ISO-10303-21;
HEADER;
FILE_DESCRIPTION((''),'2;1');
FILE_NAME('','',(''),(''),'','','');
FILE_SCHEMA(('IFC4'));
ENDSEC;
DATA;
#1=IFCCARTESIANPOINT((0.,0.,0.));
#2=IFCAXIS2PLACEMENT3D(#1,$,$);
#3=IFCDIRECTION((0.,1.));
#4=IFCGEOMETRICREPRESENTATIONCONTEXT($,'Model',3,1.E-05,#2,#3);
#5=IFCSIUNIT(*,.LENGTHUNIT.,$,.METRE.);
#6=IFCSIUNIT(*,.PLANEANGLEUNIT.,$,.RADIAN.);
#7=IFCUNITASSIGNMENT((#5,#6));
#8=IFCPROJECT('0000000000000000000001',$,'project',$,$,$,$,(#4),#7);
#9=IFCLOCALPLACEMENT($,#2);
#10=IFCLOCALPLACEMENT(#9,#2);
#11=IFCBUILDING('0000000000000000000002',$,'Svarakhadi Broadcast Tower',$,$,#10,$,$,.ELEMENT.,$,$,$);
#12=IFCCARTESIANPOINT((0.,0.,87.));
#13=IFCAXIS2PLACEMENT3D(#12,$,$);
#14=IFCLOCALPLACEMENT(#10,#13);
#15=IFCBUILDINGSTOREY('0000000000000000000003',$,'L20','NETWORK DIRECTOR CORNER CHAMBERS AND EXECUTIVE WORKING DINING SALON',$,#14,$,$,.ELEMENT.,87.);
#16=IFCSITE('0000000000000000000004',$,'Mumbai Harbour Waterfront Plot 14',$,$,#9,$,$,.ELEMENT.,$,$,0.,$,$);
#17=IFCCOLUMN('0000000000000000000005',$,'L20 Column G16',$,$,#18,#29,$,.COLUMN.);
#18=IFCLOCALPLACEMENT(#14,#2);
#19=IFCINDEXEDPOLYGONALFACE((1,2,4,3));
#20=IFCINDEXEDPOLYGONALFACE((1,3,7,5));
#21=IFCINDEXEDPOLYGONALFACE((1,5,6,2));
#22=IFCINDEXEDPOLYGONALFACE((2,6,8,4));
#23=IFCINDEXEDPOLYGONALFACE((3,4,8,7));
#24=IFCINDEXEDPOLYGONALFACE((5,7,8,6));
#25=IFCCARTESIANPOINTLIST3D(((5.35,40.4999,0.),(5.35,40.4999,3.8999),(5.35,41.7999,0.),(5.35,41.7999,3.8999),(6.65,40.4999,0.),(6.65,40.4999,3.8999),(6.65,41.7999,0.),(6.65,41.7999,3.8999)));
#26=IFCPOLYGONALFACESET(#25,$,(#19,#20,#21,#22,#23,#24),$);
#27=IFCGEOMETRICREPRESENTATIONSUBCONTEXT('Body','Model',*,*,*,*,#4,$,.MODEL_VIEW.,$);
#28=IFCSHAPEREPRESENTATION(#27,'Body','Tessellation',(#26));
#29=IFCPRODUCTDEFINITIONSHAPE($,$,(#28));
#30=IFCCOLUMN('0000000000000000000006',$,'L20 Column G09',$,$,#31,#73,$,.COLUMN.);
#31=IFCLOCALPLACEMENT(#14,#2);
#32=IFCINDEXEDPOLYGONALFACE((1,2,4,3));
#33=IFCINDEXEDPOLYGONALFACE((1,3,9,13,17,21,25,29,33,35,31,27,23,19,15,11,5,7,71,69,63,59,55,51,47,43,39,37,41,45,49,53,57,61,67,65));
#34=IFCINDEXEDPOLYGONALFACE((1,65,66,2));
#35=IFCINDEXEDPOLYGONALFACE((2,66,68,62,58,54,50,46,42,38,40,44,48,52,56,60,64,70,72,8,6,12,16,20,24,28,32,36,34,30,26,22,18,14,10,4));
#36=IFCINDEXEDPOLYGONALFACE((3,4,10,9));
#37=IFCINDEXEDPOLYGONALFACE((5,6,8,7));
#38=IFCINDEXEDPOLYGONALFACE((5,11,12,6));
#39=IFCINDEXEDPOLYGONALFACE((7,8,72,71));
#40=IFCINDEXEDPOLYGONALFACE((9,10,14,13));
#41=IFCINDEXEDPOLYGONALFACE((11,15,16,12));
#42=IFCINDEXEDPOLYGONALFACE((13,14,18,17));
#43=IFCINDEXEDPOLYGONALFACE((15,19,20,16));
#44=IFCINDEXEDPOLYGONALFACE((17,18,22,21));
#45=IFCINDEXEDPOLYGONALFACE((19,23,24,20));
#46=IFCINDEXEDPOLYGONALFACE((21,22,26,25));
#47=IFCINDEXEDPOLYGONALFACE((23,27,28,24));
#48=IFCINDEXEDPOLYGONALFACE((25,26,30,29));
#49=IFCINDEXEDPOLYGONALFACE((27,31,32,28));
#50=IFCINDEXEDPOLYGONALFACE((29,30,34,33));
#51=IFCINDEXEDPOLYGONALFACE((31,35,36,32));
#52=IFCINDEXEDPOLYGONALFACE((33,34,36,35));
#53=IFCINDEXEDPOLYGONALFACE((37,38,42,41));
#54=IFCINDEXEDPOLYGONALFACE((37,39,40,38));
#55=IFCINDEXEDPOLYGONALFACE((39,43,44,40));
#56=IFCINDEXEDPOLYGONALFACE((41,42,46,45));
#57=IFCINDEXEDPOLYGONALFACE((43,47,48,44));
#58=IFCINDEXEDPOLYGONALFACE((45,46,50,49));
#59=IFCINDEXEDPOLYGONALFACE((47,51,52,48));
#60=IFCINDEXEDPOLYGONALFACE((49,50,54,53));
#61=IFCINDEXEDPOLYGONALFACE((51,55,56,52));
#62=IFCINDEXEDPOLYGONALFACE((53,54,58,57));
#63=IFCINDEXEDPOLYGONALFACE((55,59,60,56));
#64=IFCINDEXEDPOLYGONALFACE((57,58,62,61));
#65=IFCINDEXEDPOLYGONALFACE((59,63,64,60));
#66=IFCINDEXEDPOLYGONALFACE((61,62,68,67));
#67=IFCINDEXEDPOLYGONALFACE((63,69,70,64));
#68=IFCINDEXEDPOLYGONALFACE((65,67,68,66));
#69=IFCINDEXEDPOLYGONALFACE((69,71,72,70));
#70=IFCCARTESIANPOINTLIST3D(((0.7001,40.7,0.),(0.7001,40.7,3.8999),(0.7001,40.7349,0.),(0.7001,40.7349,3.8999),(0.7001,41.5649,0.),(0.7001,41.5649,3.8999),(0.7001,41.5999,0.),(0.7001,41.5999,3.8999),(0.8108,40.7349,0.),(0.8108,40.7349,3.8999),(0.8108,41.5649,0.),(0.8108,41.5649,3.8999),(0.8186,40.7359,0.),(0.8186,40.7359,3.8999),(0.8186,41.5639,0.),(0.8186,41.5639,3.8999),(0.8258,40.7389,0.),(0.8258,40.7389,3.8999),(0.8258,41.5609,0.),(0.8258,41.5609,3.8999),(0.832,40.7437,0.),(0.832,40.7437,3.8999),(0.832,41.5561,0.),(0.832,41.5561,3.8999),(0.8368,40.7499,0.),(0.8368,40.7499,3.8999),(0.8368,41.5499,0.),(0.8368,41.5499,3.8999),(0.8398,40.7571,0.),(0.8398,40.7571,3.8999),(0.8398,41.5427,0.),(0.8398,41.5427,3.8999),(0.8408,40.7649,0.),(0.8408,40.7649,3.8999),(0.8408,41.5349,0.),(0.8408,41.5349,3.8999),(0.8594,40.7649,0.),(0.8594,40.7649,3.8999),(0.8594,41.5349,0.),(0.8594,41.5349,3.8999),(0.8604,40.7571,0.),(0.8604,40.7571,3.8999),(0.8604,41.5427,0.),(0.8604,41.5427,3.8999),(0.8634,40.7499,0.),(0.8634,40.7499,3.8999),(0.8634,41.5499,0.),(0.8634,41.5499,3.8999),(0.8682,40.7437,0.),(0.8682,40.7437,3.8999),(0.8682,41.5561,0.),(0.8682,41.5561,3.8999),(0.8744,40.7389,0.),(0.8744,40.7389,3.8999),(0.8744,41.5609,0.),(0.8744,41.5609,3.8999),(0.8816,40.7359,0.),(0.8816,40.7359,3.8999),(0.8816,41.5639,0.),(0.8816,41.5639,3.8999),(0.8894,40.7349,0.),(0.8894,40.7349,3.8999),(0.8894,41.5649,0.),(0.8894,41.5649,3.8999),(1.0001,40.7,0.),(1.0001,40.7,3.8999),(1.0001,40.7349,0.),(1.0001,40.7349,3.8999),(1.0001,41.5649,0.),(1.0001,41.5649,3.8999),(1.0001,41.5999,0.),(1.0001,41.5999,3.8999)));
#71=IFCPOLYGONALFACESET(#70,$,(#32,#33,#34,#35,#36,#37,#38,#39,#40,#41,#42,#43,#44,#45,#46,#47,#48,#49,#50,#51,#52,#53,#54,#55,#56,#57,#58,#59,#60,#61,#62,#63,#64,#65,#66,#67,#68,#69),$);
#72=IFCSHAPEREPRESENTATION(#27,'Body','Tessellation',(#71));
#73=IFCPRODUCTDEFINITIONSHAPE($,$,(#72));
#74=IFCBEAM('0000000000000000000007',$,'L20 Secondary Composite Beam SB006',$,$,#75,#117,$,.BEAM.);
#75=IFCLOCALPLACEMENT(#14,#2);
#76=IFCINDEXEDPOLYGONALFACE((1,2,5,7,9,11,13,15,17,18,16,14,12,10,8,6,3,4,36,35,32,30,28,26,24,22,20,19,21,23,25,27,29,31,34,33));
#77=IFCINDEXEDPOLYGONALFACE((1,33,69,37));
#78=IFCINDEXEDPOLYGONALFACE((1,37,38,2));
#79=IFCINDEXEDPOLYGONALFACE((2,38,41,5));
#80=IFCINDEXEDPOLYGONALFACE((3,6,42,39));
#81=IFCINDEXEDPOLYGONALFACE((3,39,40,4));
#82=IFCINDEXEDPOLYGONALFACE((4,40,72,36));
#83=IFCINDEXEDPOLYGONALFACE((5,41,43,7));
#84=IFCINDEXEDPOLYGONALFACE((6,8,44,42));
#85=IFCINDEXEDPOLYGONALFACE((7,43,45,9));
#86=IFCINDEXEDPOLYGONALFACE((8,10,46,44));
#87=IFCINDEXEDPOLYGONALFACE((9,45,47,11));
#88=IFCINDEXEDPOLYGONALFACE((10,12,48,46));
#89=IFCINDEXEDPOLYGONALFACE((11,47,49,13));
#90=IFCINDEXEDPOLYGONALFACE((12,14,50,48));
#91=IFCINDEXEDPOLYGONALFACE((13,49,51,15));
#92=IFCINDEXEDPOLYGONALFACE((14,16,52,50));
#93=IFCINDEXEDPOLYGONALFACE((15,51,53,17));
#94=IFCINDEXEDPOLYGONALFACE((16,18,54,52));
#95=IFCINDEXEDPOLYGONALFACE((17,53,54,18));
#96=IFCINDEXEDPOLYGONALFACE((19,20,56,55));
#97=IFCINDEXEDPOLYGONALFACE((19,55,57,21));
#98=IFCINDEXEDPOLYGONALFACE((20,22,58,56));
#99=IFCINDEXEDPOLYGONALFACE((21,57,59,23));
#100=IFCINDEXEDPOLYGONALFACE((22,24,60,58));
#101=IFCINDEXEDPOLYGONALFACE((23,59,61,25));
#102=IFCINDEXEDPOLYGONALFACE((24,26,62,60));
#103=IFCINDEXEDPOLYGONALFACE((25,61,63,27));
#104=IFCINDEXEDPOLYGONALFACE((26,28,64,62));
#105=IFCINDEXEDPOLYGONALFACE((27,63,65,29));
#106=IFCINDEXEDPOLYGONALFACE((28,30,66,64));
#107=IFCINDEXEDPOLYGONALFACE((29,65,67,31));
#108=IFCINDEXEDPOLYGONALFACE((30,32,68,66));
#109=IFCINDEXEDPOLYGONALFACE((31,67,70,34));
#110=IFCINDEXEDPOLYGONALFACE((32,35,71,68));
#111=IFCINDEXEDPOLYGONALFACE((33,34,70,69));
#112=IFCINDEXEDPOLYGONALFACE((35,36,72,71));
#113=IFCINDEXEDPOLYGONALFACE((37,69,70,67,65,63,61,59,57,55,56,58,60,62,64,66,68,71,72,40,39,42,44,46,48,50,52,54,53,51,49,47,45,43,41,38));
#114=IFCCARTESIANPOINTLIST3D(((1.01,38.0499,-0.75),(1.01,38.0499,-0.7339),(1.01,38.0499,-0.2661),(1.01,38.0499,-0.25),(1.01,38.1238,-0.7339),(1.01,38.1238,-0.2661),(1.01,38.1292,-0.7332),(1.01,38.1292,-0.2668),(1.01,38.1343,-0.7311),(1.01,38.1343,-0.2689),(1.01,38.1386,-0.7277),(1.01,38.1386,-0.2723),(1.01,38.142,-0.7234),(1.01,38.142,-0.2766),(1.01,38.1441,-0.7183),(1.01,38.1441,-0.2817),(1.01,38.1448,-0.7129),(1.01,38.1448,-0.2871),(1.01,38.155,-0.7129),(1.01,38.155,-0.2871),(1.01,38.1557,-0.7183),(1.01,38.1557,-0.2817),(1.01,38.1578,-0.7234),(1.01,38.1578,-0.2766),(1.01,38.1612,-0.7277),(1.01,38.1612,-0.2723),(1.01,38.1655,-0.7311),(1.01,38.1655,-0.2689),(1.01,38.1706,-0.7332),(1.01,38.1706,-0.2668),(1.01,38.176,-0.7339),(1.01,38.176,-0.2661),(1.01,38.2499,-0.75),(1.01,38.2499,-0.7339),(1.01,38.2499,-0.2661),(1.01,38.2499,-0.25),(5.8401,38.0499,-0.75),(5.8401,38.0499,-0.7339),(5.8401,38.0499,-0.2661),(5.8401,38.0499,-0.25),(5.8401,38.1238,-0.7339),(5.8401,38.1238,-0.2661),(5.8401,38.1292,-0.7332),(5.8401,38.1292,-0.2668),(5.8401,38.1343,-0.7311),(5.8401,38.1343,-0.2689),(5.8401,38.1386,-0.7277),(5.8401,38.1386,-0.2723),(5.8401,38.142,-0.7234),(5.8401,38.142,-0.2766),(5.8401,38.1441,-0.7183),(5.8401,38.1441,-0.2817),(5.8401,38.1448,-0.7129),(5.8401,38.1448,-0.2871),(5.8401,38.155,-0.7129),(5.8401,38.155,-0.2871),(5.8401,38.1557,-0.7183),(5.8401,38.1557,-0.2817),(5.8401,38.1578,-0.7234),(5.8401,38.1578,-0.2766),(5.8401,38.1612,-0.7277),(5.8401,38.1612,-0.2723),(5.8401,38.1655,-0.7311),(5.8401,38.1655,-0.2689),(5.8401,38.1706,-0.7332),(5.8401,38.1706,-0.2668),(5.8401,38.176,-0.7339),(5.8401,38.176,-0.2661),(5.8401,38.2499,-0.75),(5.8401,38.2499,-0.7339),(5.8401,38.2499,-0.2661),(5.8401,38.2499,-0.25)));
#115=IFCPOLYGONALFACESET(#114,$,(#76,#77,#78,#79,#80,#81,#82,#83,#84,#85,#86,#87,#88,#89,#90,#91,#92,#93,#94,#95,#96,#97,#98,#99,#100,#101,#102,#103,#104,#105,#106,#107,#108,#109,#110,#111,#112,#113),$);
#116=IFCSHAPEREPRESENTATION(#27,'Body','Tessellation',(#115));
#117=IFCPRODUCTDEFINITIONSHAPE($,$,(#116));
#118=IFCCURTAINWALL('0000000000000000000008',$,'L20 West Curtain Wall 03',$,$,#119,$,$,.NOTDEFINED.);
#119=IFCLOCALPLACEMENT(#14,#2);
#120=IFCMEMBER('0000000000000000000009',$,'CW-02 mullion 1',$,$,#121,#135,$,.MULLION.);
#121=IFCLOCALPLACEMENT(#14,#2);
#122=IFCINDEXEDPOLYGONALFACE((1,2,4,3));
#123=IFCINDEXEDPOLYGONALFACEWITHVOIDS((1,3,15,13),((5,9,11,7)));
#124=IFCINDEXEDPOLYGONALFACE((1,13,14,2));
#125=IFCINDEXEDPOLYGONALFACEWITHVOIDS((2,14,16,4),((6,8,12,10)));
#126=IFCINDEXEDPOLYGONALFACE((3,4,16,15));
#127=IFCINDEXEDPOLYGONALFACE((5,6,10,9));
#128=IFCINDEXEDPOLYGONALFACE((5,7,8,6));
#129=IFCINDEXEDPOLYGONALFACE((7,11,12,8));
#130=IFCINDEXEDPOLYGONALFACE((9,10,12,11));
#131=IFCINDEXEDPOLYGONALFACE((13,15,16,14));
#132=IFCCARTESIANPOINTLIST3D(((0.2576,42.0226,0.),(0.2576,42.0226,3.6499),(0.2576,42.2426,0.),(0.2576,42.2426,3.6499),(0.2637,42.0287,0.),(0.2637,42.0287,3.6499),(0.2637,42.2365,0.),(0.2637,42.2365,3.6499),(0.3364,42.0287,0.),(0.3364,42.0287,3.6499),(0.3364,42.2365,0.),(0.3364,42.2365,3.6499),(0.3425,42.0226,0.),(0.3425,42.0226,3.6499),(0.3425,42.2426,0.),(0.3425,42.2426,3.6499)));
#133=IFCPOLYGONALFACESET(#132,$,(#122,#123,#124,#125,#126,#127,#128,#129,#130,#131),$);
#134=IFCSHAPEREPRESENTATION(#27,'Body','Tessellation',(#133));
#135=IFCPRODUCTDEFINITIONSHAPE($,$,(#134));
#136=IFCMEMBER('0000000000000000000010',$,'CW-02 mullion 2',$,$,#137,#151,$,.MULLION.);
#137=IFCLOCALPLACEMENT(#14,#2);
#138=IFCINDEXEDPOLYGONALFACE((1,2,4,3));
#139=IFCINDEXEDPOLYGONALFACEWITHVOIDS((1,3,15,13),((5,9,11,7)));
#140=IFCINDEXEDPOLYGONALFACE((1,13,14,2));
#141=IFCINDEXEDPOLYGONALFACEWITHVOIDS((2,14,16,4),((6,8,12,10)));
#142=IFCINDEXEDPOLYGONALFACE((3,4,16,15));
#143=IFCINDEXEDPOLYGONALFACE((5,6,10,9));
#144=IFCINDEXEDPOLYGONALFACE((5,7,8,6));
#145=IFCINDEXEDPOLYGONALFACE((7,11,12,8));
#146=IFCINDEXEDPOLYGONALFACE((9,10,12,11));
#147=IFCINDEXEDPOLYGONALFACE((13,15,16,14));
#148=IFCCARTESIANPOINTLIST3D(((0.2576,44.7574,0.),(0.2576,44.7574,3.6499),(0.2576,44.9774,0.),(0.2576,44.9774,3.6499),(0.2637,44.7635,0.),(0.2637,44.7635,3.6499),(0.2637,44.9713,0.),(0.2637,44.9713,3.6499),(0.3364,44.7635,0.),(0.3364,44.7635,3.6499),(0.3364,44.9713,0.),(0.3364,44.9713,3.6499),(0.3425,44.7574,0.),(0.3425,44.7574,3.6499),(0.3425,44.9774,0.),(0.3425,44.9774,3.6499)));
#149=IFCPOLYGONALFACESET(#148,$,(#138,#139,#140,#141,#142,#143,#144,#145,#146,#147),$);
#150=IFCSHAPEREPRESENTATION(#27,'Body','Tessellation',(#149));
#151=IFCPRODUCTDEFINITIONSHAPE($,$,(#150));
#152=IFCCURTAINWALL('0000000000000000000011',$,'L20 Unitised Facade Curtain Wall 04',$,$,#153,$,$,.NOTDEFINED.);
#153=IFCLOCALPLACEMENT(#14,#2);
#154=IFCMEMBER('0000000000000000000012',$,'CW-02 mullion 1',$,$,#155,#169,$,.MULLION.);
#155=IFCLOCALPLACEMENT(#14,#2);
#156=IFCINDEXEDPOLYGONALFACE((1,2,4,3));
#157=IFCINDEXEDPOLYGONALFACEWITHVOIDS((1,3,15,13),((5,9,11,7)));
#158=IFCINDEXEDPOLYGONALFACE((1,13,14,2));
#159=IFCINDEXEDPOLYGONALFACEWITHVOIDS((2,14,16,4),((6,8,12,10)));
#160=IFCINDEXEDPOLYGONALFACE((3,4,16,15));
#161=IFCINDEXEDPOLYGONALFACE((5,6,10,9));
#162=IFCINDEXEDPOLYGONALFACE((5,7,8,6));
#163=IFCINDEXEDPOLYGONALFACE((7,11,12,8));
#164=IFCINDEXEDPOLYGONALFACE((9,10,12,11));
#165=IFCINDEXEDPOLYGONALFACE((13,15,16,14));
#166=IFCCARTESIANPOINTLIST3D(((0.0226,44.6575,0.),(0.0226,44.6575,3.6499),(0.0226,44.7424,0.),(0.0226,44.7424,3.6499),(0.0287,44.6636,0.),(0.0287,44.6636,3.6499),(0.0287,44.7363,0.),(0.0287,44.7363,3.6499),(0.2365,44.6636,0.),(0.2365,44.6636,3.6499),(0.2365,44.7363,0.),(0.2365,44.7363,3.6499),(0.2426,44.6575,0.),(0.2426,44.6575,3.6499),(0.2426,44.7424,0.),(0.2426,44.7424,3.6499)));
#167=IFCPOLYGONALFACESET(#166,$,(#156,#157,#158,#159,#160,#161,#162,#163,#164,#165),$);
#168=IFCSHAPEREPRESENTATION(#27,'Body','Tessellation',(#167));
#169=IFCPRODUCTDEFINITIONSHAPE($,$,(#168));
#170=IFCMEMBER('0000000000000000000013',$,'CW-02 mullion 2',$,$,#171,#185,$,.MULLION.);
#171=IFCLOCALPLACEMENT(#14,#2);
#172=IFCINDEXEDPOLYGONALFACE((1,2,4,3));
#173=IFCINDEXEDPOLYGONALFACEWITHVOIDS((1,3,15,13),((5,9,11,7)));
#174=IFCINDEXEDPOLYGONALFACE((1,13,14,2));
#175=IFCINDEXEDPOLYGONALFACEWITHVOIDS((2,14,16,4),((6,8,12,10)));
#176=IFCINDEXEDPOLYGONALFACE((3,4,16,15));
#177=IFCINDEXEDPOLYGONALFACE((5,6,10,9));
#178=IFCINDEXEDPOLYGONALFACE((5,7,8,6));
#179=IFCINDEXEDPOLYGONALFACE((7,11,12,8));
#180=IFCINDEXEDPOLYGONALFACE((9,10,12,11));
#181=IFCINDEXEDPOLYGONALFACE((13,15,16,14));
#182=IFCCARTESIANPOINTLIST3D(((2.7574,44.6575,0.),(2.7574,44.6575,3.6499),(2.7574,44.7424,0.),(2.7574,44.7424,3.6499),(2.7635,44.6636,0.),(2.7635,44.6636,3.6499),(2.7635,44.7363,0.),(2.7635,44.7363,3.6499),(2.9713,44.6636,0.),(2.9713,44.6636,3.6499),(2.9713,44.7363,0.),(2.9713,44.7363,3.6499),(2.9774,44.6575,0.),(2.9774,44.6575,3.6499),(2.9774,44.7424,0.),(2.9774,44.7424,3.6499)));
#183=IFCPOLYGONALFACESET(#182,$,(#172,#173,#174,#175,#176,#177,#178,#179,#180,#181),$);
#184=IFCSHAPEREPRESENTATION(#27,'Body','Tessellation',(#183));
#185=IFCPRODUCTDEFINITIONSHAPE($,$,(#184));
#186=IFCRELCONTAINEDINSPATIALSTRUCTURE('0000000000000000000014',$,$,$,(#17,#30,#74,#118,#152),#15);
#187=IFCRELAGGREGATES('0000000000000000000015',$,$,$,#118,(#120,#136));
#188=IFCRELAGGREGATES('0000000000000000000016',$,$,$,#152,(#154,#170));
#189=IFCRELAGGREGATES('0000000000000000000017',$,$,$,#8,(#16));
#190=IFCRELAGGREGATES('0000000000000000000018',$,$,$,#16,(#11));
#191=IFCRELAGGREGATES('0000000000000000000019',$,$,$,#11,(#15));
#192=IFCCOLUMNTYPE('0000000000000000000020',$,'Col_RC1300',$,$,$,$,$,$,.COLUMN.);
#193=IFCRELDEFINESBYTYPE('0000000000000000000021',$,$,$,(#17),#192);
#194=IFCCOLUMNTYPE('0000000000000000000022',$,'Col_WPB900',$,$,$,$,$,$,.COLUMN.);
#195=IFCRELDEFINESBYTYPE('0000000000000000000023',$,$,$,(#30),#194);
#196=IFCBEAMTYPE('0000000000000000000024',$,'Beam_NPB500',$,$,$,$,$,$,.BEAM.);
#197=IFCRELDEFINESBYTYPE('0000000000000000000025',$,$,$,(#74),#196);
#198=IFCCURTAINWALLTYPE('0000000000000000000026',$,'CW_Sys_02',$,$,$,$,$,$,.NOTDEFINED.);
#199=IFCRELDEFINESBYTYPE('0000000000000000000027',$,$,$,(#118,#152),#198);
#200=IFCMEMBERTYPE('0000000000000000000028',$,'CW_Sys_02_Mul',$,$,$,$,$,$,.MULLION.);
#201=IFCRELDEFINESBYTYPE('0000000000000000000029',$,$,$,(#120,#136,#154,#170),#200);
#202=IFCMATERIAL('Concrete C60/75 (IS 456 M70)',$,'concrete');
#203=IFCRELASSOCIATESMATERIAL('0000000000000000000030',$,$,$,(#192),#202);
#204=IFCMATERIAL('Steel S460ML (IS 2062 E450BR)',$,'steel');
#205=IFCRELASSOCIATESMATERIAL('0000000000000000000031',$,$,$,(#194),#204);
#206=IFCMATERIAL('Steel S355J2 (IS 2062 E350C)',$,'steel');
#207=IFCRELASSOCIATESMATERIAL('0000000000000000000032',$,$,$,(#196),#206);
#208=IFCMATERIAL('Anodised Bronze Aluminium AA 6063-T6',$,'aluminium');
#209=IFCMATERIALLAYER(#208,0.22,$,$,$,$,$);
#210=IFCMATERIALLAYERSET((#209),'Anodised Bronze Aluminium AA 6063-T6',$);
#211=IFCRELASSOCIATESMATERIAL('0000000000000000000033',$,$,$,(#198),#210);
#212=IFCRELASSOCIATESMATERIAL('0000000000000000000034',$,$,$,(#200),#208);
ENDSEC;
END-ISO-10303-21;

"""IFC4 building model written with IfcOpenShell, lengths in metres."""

from ifc_helpers import new_model, si_unit, direction, frame, origin, origin_2d, place, context, subcontext, project, spatial, rectangle, hollow_rectangle, i_section, extrude, material, layer, layer_set, material_profile, profile_set, type_object, element, aggregate, save


model = new_model("IFC4")

# Units and contexts
model_context = context("Model", 3, precision=1e-05, world=origin(), true_north=direction((0.0, 1.0)))
body_context = subcontext(model_context, "Body", "Model", "MODEL_VIEW")
ifc_project = project(units=[si_unit("LENGTHUNIT", "METRE"), si_unit("PLANEANGLEUNIT", "RADIAN")], contexts=[model_context])

# Site, building, storey
site_placement = place(None, origin())
site = spatial("IfcSite", under=ifc_project, at=site_placement, Name="Mumbai Harbour Waterfront Plot 14", CompositionType="ELEMENT", RefElevation=0.0)
building_placement = place(site_placement, origin())
building = spatial("IfcBuilding", under=site, at=building_placement, Name="Svarakhadi Broadcast Tower", CompositionType="ELEMENT")
storey_placement = place(building_placement, frame((0.0, 0.0, 87.0)))
storey = spatial("IfcBuildingStorey", under=building, at=storey_placement, Name="L20", Description="NETWORK DIRECTOR CORNER CHAMBERS AND EXECUTIVE WORKING DINING SALON", CompositionType="ELEMENT", Elevation=87.0)

# Columns
ifc_material_1 = material(Name="Concrete C60/75 (IS 456 M70)", Category="concrete")
ifc_material_profile_1 = material_profile(ifc_material_1, rectangle(XDim=1.3, YDim=1.3, at=origin_2d()), Name="RC 1300x1300")
ifc_profile_set_1 = profile_set([ifc_material_profile_1], Name="Concrete C60/75 (IS 456 M70)")
column_type_1 = type_object("IfcColumnType", Name="Col_RC1300", PredefinedType="COLUMN", material=ifc_profile_set_1)
column_1_placement = place(storey_placement, frame((6.0, 41.1499, 0.0), z_axis=(0.0, 0.0, 1.0), x_axis=(1.0, 0.0, 0.0)))
element("IfcColumn", 1, at=column_1_placement, inside=storey, type_object=column_type_1, Name="L20 Column G16", PredefinedType="COLUMN", context=body_context, shape_type="SweptSolid", body=[
    extrude(rectangle(XDim=1.3, YDim=1.3, at=origin_2d()), origin(), (0.0, 0.0, 1.0), 3.8999),
])
ifc_material_2 = material(Name="Steel S460ML (IS 2062 E450BR)", Category="steel")
ifc_material_profile_2 = material_profile(ifc_material_2, i_section(OverallWidth=0.3, OverallDepth=0.8999, WebThickness=0.0186, FlangeThickness=0.0349, FilletRadius=0.03, at=origin_2d()), Name="WPB 900x300x291")
ifc_profile_set_2 = profile_set([ifc_material_profile_2], Name="Steel S460ML (IS 2062 E450BR)")
column_type_2 = type_object("IfcColumnType", Name="Col_WPB900", PredefinedType="COLUMN", material=ifc_profile_set_2)
column_2_placement = place(storey_placement, frame((0.8501, 41.1499, 0.0), z_axis=(0.0, 0.0, 1.0), x_axis=(1.0, 0.0, 0.0)))
element("IfcColumn", 2, at=column_2_placement, inside=storey, type_object=column_type_2, Name="L20 Column G09", PredefinedType="COLUMN", context=body_context, shape_type="SweptSolid", body=[
    extrude(i_section(OverallWidth=0.3, OverallDepth=0.8999, WebThickness=0.0186, FlangeThickness=0.0349, FilletRadius=0.03, at=origin_2d()), origin(), (0.0, 0.0, 1.0), 3.8999),
])

# Beam
ifc_material_3 = material(Name="Steel S355J2 (IS 2062 E350C)", Category="steel")
ifc_material_profile_3 = material_profile(ifc_material_3, i_section(OverallWidth=0.2, OverallDepth=0.5, WebThickness=0.0103, FlangeThickness=0.0161, FilletRadius=0.021, at=origin_2d()), Name="NPB 500x200x91")
ifc_profile_set_3 = profile_set([ifc_material_profile_3], Name="Steel S355J2 (IS 2062 E350C)")
beam_type_1 = type_object("IfcBeamType", Name="Beam_NPB500", PredefinedType="BEAM", material=ifc_profile_set_3)
beam_1_placement = place(storey_placement, frame((1.01, 38.1499, -0.5), z_axis=(1.0, 0.0, 0.0), x_axis=(0.0, 1.0, 0.0)))
element("IfcBeam", 3, at=beam_1_placement, inside=storey, type_object=beam_type_1, Name="L20 Secondary Composite Beam SB006", PredefinedType="BEAM", context=body_context, shape_type="SweptSolid", body=[
    extrude(i_section(OverallWidth=0.2, OverallDepth=0.5, WebThickness=0.0103, FlangeThickness=0.0161, FilletRadius=0.021, at=origin_2d()), origin(), (0.0, 0.0, 1.0), 4.8301),
])

# Curtain walls, members
ifc_material_4 = material(Name="Anodised Bronze Aluminium AA 6063-T6", Category="aluminium")
ifc_layer_1 = layer(ifc_material_4, 0.22)
ifc_layer_set_1 = layer_set([ifc_layer_1], Name="Anodised Bronze Aluminium AA 6063-T6")
curtain_wall_type = type_object("IfcCurtainWallType", Name="CW_Sys_02", PredefinedType="NOTDEFINED", material=ifc_layer_set_1)
curtain_wall_1_placement = place(storey_placement, origin())
curtain_wall_1 = element("IfcCurtainWall", 4, at=curtain_wall_1_placement, inside=storey, type_object=curtain_wall_type, Name="L20 West Curtain Wall 03", PredefinedType="NOTDEFINED")
ifc_material_profile_4 = material_profile(ifc_material_4, hollow_rectangle(XDim=0.085, YDim=0.22, WallThickness=0.0061, at=origin_2d()), Name="ALU MULLION 220x85x6")
ifc_profile_set_4 = profile_set([ifc_material_profile_4], Name="Anodised Bronze Aluminium AA 6063-T6")
member_type_1 = type_object("IfcMemberType", Name="CW_Sys_02_Mul", PredefinedType="MULLION", material=ifc_profile_set_4)
member_1_placement = place(storey_placement, frame((0.3, 42.1326, 0.0), z_axis=(0.0, 0.0, 1.0), x_axis=(-1.0, 0.0, 0.0)))
member_1 = element("IfcMember", 5, at=member_1_placement, type_object=member_type_1, Name="CW-02 mullion 1", PredefinedType="MULLION", context=body_context, shape_type="SweptSolid", body=[
    extrude(hollow_rectangle(XDim=0.085, YDim=0.22, WallThickness=0.0061, at=origin_2d()), origin(), (0.0, 0.0, 1.0), 3.6499),
])
member_2_placement = place(storey_placement, frame((0.3, 44.8674, 0.0), z_axis=(0.0, 0.0, 1.0), x_axis=(-1.0, 0.0, 0.0)))
member_2 = element("IfcMember", 6, at=member_2_placement, type_object=member_type_1, Name="CW-02 mullion 2", PredefinedType="MULLION", context=body_context, shape_type="SweptSolid", body=[
    extrude(hollow_rectangle(XDim=0.085, YDim=0.22, WallThickness=0.0061, at=origin_2d()), origin(), (0.0, 0.0, 1.0), 3.6499),
])
curtain_wall_2_placement = place(storey_placement, origin())
curtain_wall_2 = element("IfcCurtainWall", 7, at=curtain_wall_2_placement, inside=storey, type_object=curtain_wall_type, Name="L20 Unitised Facade Curtain Wall 04", PredefinedType="NOTDEFINED")
member_3_placement = place(storey_placement, frame((0.1326, 44.7, 0.0), z_axis=(0.0, 0.0, 1.0), x_axis=(0.0, 1.0, 0.0)))
member_3 = element("IfcMember", 8, at=member_3_placement, type_object=member_type_1, Name="CW-02 mullion 1", PredefinedType="MULLION", context=body_context, shape_type="SweptSolid", body=[
    extrude(hollow_rectangle(XDim=0.085, YDim=0.22, WallThickness=0.0061, at=origin_2d()), origin(), (0.0, 0.0, 1.0), 3.6499),
])
member_4_placement = place(storey_placement, frame((2.8674, 44.7, 0.0), z_axis=(0.0, 0.0, 1.0), x_axis=(0.0, 1.0, 0.0)))
member_4 = element("IfcMember", 9, at=member_4_placement, type_object=member_type_1, Name="CW-02 mullion 2", PredefinedType="MULLION", context=body_context, shape_type="SweptSolid", body=[
    extrude(hollow_rectangle(XDim=0.085, YDim=0.22, WallThickness=0.0061, at=origin_2d()), origin(), (0.0, 0.0, 1.0), 3.6499),
])

aggregate(curtain_wall_1, [member_1, member_2])
aggregate(curtain_wall_2, [member_3, member_4])

save(model, "model.ifc")
